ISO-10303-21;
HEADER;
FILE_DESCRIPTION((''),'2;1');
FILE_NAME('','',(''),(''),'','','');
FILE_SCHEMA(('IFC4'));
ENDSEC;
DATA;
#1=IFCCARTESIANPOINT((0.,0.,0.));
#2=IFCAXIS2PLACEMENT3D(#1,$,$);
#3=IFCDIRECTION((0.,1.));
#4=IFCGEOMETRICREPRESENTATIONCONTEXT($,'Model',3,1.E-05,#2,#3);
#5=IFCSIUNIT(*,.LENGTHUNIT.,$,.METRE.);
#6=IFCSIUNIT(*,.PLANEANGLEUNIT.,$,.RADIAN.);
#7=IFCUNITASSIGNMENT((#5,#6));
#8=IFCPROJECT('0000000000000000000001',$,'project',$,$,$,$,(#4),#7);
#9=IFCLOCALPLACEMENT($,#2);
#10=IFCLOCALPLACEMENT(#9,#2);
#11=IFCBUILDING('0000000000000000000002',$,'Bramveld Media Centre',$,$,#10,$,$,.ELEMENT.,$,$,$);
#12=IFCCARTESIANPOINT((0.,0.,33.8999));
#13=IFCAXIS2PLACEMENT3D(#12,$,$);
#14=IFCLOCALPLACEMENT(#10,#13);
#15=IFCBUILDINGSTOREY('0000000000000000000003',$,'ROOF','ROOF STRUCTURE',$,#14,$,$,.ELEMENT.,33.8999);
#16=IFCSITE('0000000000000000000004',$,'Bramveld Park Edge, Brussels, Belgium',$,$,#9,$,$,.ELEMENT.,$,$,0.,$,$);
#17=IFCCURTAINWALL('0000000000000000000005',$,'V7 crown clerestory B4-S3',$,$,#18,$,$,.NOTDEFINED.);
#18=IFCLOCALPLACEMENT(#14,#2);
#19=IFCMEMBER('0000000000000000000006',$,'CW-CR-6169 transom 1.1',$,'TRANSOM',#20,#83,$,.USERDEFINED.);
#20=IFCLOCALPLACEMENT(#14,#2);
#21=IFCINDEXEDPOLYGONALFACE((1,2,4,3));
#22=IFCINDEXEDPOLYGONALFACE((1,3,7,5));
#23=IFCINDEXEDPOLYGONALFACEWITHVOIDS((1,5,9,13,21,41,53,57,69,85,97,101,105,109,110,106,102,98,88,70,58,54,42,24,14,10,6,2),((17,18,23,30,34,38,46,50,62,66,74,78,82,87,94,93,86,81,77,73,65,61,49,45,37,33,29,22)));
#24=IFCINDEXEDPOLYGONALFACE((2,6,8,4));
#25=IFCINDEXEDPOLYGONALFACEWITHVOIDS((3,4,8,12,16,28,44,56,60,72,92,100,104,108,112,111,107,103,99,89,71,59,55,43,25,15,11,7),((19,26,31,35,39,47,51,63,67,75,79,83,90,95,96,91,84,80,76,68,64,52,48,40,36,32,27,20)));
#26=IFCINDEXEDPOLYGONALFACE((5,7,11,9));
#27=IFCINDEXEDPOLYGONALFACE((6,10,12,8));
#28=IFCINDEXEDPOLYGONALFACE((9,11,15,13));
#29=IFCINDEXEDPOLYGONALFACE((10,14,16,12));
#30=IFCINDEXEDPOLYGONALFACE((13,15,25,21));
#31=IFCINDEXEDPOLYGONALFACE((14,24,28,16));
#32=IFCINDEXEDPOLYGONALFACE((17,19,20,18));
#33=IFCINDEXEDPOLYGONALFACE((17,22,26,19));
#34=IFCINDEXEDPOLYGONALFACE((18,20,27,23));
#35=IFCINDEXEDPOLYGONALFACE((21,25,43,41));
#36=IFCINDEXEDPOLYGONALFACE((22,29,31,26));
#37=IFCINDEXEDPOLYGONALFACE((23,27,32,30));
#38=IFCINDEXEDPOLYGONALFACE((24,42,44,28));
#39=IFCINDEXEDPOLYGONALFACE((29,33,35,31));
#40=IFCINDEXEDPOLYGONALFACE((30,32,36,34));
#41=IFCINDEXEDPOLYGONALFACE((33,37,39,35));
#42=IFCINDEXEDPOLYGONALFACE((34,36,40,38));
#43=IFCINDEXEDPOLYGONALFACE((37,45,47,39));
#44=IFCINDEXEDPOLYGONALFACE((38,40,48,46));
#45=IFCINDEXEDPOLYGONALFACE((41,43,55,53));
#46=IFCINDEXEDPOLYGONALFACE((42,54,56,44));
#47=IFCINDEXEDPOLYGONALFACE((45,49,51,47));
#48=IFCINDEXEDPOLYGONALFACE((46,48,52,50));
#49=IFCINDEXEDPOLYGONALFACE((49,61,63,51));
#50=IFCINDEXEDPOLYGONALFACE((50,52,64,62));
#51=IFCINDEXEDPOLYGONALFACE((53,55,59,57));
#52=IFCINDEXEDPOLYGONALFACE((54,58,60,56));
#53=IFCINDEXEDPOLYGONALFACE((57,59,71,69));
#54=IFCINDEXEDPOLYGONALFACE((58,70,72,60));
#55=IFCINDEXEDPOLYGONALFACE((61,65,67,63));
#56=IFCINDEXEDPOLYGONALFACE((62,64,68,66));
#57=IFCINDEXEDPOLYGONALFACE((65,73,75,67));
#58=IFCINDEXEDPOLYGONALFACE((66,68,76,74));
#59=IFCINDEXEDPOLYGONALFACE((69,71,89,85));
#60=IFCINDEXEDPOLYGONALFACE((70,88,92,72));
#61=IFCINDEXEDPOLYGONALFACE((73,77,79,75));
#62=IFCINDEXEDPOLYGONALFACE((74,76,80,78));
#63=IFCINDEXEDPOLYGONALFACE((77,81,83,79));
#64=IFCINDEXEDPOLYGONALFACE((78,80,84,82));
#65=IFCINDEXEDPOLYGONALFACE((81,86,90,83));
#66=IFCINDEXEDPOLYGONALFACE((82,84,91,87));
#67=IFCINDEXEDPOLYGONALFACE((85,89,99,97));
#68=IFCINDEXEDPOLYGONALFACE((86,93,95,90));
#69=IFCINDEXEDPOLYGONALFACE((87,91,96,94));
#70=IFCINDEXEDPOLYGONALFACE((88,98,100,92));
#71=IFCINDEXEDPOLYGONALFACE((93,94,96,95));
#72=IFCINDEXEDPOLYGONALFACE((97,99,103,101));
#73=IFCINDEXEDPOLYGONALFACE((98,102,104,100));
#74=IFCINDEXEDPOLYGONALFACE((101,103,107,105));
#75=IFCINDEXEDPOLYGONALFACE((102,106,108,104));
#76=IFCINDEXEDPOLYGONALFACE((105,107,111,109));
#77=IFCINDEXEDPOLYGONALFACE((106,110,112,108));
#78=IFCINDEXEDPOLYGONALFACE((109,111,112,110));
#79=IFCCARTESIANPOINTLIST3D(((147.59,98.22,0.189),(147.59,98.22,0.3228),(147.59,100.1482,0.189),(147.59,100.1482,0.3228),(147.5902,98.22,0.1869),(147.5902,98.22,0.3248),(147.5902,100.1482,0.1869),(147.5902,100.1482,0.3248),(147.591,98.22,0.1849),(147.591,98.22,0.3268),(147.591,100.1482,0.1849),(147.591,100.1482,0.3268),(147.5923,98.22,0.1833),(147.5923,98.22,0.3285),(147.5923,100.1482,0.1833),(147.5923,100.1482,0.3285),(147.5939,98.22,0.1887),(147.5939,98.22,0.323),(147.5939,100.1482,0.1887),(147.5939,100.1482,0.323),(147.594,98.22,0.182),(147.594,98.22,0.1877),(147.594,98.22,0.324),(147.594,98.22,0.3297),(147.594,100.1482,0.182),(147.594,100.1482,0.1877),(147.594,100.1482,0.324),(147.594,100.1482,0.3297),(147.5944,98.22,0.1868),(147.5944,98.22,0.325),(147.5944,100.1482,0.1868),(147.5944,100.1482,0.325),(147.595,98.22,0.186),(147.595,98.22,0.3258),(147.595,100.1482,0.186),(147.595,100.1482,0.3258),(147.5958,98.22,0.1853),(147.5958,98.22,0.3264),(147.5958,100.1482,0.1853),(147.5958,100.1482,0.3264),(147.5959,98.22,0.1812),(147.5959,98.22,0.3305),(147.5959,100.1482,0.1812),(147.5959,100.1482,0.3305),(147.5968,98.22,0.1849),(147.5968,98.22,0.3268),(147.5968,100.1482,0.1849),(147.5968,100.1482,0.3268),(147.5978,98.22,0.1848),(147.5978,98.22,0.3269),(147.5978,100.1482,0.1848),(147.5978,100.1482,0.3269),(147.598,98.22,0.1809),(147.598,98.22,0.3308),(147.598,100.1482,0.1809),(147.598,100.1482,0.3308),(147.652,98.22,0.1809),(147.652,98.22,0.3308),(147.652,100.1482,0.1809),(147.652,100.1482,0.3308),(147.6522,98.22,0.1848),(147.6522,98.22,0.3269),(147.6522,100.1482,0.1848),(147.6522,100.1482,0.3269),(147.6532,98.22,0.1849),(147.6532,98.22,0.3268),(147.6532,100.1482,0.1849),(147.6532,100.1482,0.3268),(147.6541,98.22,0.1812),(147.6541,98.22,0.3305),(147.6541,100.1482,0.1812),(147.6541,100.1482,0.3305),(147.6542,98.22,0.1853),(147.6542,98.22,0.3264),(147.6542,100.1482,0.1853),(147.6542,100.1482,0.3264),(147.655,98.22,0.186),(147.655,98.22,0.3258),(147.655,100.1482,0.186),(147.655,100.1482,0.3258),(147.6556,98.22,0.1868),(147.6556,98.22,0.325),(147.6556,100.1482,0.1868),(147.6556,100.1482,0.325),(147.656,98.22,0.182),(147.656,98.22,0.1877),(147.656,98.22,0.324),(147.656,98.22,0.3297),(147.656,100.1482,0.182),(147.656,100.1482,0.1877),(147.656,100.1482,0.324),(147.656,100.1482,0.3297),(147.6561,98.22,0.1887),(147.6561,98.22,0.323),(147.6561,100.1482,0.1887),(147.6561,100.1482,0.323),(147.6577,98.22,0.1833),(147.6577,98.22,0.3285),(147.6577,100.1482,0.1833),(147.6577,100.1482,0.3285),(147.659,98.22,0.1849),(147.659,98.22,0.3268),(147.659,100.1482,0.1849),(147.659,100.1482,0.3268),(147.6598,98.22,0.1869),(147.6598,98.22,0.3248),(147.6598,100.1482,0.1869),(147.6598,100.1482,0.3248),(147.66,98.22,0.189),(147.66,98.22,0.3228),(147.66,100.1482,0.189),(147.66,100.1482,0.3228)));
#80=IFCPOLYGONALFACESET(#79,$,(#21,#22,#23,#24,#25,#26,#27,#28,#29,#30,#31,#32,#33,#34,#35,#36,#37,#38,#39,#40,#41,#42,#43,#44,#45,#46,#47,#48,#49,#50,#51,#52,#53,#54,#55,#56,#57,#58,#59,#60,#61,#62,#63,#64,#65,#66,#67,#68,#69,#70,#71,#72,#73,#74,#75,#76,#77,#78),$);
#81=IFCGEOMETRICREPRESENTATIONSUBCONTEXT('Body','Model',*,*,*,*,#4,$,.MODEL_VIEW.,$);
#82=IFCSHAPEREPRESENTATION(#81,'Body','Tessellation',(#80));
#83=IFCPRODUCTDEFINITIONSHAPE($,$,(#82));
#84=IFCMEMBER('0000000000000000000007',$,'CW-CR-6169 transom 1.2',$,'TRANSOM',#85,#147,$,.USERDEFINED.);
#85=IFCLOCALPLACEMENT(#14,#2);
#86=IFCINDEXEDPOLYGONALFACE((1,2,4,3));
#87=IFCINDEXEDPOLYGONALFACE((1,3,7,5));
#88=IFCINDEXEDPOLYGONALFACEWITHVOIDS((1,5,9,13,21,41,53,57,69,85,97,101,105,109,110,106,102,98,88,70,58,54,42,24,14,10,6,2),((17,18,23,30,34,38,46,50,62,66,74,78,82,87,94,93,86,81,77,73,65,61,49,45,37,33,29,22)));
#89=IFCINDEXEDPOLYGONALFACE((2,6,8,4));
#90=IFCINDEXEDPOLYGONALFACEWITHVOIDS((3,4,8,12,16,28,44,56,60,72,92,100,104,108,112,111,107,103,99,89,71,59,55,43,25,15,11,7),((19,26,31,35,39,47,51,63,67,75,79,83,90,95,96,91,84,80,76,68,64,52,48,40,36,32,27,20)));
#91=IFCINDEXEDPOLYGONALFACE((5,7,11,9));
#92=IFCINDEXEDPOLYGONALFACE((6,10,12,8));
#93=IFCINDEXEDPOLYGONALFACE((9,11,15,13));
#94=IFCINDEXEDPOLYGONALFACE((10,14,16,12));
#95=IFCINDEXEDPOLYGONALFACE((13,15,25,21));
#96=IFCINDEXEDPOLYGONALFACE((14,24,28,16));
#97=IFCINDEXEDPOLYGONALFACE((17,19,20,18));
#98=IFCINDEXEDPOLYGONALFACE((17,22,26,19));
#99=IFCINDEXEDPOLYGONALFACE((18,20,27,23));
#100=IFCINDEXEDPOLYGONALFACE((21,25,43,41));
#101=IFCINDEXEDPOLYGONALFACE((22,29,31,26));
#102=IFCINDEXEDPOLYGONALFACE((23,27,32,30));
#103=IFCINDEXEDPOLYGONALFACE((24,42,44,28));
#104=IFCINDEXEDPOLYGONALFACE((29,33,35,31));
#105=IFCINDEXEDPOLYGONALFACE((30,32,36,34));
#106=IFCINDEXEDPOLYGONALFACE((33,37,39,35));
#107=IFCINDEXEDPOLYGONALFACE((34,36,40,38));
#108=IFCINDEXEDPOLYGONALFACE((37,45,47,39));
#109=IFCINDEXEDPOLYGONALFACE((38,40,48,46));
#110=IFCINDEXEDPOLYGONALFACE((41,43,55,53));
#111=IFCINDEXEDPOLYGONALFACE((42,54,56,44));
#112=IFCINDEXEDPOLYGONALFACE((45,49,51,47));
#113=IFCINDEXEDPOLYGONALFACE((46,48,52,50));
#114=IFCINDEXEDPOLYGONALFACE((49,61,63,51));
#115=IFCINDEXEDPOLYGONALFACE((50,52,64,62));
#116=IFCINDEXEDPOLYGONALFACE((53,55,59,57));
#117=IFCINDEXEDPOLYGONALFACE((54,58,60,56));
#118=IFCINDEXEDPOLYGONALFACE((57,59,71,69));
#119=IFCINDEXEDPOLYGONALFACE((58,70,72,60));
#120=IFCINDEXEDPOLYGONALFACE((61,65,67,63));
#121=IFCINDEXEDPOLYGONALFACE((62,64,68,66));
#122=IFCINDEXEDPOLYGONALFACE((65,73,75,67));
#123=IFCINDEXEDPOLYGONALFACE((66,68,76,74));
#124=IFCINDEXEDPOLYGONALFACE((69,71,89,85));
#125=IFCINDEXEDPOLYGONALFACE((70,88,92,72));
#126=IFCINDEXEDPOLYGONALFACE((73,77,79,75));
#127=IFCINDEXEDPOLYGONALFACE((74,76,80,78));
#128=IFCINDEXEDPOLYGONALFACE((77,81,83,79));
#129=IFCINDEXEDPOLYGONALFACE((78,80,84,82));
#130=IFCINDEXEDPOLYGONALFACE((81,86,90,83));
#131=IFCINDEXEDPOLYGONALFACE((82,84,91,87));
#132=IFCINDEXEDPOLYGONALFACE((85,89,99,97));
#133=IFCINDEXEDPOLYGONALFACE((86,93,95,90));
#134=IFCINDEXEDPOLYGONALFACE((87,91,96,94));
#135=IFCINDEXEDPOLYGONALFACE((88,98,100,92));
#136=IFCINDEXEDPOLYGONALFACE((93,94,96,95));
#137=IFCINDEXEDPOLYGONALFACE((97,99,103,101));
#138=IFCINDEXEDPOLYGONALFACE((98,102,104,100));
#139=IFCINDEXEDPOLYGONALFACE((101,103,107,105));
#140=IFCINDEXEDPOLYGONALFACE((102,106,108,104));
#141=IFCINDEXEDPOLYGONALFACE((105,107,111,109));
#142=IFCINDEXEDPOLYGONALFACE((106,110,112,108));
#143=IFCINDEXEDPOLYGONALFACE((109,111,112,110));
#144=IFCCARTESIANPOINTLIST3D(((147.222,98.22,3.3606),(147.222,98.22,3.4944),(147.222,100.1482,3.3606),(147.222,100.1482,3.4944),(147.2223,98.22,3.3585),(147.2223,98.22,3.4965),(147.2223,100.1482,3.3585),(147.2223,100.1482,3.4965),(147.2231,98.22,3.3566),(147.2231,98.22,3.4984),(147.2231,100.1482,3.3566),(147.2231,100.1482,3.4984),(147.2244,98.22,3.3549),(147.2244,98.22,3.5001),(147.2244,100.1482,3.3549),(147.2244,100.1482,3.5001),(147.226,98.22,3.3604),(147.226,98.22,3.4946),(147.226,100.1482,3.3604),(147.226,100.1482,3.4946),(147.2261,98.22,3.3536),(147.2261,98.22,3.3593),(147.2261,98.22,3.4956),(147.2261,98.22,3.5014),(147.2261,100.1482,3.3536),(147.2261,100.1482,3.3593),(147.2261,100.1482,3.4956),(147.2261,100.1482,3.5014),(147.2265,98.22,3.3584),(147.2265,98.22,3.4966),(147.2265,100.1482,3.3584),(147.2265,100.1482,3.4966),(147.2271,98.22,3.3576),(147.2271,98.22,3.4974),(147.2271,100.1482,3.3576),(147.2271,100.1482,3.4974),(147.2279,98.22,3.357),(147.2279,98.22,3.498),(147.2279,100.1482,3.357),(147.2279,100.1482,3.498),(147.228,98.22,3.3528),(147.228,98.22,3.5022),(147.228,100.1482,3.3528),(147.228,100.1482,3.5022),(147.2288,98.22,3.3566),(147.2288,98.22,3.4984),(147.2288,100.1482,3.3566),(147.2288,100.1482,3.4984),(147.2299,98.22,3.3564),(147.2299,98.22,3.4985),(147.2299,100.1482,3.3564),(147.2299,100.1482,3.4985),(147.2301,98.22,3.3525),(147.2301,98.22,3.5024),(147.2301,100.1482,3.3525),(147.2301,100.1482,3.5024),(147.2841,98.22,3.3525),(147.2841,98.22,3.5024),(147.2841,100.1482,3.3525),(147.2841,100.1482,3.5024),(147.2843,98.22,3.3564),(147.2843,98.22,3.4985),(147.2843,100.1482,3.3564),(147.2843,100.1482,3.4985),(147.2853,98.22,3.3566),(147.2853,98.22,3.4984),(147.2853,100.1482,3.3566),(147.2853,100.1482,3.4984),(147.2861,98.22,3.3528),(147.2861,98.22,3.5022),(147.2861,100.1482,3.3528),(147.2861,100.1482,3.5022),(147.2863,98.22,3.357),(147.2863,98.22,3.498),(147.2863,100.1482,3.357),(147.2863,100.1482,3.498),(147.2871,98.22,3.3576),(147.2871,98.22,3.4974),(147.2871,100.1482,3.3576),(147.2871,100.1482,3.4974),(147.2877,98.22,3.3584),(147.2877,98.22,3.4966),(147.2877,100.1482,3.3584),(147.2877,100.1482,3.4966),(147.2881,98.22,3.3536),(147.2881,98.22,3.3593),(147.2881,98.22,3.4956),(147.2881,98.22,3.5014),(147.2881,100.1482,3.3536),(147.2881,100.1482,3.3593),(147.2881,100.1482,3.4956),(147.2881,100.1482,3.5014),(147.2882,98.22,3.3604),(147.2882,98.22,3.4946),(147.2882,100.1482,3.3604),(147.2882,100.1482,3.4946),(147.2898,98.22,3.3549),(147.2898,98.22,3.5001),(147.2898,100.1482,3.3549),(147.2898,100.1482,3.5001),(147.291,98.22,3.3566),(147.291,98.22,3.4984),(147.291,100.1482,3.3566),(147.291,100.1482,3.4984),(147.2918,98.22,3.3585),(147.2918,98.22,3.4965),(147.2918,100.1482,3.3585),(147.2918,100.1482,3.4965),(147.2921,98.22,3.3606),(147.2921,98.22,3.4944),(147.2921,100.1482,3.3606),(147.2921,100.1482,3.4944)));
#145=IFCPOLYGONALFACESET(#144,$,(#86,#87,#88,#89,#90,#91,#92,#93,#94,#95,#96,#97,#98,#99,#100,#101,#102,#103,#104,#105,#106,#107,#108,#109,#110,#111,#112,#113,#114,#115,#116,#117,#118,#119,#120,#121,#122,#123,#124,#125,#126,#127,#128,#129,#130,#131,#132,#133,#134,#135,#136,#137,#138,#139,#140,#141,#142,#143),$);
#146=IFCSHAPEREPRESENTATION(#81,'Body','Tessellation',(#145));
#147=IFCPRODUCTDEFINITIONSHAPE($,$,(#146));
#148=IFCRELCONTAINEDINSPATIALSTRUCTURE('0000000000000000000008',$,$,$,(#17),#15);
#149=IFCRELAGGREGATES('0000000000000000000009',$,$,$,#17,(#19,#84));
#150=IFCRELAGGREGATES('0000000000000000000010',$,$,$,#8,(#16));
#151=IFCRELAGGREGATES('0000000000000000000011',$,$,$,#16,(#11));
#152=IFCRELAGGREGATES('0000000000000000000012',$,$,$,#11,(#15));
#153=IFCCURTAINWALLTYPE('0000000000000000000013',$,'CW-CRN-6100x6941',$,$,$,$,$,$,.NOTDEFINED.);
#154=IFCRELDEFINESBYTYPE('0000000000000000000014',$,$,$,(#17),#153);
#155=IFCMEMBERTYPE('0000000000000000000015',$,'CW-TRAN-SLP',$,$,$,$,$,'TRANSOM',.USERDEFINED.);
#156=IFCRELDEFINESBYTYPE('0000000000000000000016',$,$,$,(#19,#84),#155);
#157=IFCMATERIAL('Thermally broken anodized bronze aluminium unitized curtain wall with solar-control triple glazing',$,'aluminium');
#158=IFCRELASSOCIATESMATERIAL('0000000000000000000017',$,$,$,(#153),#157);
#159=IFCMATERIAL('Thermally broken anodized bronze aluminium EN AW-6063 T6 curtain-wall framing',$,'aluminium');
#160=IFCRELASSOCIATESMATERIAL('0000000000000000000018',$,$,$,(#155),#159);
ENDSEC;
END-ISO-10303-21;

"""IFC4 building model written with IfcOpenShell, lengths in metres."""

from ifc_helpers import new_model, si_unit, direction, frame, origin, origin_2d, place, context, subcontext, project, spatial, hollow_rectangle, extrude, material, material_profile, profile_set, type_object, element, aggregate, save


model = new_model("IFC4")

# Units and contexts
model_context = context("Model", 3, precision=1e-05, world=origin(), true_north=direction((0.0, 1.0)))
body_context = subcontext(model_context, "Body", "Model", "MODEL_VIEW")
ifc_project = project(units=[si_unit("LENGTHUNIT", "METRE"), si_unit("PLANEANGLEUNIT", "RADIAN")], contexts=[model_context])

# Site, building, storey
site_placement = place(None, origin())
site = spatial("IfcSite", under=ifc_project, at=site_placement, Name="Bramveld Park Edge, Brussels, Belgium", CompositionType="ELEMENT", RefElevation=0.0)
building_placement = place(site_placement, origin())
building = spatial("IfcBuilding", under=site, at=building_placement, Name="Bramveld Media Centre", CompositionType="ELEMENT")
storey_placement = place(building_placement, frame((0.0, 0.0, 33.8999)))
storey = spatial("IfcBuildingStorey", under=building, at=storey_placement, Name="ROOF", Description="ROOF STRUCTURE", CompositionType="ELEMENT", Elevation=33.8999)

# Curtain wall, members
ifc_material_1 = material(Name="Thermally broken anodized bronze aluminium unitized curtain wall with solar-control triple glazing", Category="aluminium")
curtain_wall_type = type_object("IfcCurtainWallType", Name="CW-CRN-6100x6941", PredefinedType="NOTDEFINED", material=ifc_material_1)
curtain_wall_1_placement = place(storey_placement, origin())
curtain_wall_1 = element("IfcCurtainWall", 1, at=curtain_wall_1_placement, inside=storey, type_object=curtain_wall_type, Name="V7 crown clerestory B4-S3", PredefinedType="NOTDEFINED")
ifc_material_2 = material(Name="Thermally broken anodized bronze aluminium EN AW-6063 T6 curtain-wall framing", Category="aluminium")
ifc_material_profile_1 = material_profile(ifc_material_2, hollow_rectangle(XDim=0.0701, YDim=0.1499, WallThickness=0.0039, InnerFilletRadius=0.0039, OuterFilletRadius=0.0081, at=origin_2d()), Name="AL-TRAN 70x150")
ifc_profile_set_1 = profile_set([ifc_material_profile_1], Name="Thermally broken anodized bronze aluminium EN AW-6063 T6 curtain-wall framing")
member_type_1 = type_object("IfcMemberType", Name="CW-TRAN-SLP", ElementType="TRANSOM", PredefinedType="USERDEFINED", material=ifc_profile_set_1)
member_1_placement = place(storey_placement, frame((147.625, 98.22, 0.2559), z_axis=(0.0, 1.0, 0.0), x_axis=(-1.0, 0.0, 0.0)))
member_1 = element("IfcMember", 2, at=member_1_placement, type_object=member_type_1, Name="CW-CR-6169 transom 1.1", ObjectType="TRANSOM", PredefinedType="USERDEFINED", context=body_context, shape_type="SweptSolid", body=[
    extrude(hollow_rectangle(XDim=0.0701, YDim=0.1499, WallThickness=0.0039, InnerFilletRadius=0.0039, OuterFilletRadius=0.0081, at=origin_2d()), origin(), (0.0, 0.0, 1.0), 1.9282),
])
member_2_placement = place(storey_placement, frame((147.2571, 98.22, 3.4275), z_axis=(0.0, 1.0, 0.0), x_axis=(-1.0, 0.0, 0.0)))
member_2 = element("IfcMember", 3, at=member_2_placement, type_object=member_type_1, Name="CW-CR-6169 transom 1.2", ObjectType="TRANSOM", PredefinedType="USERDEFINED", context=body_context, shape_type="SweptSolid", body=[
    extrude(hollow_rectangle(XDim=0.0701, YDim=0.1499, WallThickness=0.0039, InnerFilletRadius=0.0039, OuterFilletRadius=0.0081, at=origin_2d()), origin(), (0.0, 0.0, 1.0), 1.9282),
])

aggregate(curtain_wall_1, [member_1, member_2])

save(model, "model.ifc")
